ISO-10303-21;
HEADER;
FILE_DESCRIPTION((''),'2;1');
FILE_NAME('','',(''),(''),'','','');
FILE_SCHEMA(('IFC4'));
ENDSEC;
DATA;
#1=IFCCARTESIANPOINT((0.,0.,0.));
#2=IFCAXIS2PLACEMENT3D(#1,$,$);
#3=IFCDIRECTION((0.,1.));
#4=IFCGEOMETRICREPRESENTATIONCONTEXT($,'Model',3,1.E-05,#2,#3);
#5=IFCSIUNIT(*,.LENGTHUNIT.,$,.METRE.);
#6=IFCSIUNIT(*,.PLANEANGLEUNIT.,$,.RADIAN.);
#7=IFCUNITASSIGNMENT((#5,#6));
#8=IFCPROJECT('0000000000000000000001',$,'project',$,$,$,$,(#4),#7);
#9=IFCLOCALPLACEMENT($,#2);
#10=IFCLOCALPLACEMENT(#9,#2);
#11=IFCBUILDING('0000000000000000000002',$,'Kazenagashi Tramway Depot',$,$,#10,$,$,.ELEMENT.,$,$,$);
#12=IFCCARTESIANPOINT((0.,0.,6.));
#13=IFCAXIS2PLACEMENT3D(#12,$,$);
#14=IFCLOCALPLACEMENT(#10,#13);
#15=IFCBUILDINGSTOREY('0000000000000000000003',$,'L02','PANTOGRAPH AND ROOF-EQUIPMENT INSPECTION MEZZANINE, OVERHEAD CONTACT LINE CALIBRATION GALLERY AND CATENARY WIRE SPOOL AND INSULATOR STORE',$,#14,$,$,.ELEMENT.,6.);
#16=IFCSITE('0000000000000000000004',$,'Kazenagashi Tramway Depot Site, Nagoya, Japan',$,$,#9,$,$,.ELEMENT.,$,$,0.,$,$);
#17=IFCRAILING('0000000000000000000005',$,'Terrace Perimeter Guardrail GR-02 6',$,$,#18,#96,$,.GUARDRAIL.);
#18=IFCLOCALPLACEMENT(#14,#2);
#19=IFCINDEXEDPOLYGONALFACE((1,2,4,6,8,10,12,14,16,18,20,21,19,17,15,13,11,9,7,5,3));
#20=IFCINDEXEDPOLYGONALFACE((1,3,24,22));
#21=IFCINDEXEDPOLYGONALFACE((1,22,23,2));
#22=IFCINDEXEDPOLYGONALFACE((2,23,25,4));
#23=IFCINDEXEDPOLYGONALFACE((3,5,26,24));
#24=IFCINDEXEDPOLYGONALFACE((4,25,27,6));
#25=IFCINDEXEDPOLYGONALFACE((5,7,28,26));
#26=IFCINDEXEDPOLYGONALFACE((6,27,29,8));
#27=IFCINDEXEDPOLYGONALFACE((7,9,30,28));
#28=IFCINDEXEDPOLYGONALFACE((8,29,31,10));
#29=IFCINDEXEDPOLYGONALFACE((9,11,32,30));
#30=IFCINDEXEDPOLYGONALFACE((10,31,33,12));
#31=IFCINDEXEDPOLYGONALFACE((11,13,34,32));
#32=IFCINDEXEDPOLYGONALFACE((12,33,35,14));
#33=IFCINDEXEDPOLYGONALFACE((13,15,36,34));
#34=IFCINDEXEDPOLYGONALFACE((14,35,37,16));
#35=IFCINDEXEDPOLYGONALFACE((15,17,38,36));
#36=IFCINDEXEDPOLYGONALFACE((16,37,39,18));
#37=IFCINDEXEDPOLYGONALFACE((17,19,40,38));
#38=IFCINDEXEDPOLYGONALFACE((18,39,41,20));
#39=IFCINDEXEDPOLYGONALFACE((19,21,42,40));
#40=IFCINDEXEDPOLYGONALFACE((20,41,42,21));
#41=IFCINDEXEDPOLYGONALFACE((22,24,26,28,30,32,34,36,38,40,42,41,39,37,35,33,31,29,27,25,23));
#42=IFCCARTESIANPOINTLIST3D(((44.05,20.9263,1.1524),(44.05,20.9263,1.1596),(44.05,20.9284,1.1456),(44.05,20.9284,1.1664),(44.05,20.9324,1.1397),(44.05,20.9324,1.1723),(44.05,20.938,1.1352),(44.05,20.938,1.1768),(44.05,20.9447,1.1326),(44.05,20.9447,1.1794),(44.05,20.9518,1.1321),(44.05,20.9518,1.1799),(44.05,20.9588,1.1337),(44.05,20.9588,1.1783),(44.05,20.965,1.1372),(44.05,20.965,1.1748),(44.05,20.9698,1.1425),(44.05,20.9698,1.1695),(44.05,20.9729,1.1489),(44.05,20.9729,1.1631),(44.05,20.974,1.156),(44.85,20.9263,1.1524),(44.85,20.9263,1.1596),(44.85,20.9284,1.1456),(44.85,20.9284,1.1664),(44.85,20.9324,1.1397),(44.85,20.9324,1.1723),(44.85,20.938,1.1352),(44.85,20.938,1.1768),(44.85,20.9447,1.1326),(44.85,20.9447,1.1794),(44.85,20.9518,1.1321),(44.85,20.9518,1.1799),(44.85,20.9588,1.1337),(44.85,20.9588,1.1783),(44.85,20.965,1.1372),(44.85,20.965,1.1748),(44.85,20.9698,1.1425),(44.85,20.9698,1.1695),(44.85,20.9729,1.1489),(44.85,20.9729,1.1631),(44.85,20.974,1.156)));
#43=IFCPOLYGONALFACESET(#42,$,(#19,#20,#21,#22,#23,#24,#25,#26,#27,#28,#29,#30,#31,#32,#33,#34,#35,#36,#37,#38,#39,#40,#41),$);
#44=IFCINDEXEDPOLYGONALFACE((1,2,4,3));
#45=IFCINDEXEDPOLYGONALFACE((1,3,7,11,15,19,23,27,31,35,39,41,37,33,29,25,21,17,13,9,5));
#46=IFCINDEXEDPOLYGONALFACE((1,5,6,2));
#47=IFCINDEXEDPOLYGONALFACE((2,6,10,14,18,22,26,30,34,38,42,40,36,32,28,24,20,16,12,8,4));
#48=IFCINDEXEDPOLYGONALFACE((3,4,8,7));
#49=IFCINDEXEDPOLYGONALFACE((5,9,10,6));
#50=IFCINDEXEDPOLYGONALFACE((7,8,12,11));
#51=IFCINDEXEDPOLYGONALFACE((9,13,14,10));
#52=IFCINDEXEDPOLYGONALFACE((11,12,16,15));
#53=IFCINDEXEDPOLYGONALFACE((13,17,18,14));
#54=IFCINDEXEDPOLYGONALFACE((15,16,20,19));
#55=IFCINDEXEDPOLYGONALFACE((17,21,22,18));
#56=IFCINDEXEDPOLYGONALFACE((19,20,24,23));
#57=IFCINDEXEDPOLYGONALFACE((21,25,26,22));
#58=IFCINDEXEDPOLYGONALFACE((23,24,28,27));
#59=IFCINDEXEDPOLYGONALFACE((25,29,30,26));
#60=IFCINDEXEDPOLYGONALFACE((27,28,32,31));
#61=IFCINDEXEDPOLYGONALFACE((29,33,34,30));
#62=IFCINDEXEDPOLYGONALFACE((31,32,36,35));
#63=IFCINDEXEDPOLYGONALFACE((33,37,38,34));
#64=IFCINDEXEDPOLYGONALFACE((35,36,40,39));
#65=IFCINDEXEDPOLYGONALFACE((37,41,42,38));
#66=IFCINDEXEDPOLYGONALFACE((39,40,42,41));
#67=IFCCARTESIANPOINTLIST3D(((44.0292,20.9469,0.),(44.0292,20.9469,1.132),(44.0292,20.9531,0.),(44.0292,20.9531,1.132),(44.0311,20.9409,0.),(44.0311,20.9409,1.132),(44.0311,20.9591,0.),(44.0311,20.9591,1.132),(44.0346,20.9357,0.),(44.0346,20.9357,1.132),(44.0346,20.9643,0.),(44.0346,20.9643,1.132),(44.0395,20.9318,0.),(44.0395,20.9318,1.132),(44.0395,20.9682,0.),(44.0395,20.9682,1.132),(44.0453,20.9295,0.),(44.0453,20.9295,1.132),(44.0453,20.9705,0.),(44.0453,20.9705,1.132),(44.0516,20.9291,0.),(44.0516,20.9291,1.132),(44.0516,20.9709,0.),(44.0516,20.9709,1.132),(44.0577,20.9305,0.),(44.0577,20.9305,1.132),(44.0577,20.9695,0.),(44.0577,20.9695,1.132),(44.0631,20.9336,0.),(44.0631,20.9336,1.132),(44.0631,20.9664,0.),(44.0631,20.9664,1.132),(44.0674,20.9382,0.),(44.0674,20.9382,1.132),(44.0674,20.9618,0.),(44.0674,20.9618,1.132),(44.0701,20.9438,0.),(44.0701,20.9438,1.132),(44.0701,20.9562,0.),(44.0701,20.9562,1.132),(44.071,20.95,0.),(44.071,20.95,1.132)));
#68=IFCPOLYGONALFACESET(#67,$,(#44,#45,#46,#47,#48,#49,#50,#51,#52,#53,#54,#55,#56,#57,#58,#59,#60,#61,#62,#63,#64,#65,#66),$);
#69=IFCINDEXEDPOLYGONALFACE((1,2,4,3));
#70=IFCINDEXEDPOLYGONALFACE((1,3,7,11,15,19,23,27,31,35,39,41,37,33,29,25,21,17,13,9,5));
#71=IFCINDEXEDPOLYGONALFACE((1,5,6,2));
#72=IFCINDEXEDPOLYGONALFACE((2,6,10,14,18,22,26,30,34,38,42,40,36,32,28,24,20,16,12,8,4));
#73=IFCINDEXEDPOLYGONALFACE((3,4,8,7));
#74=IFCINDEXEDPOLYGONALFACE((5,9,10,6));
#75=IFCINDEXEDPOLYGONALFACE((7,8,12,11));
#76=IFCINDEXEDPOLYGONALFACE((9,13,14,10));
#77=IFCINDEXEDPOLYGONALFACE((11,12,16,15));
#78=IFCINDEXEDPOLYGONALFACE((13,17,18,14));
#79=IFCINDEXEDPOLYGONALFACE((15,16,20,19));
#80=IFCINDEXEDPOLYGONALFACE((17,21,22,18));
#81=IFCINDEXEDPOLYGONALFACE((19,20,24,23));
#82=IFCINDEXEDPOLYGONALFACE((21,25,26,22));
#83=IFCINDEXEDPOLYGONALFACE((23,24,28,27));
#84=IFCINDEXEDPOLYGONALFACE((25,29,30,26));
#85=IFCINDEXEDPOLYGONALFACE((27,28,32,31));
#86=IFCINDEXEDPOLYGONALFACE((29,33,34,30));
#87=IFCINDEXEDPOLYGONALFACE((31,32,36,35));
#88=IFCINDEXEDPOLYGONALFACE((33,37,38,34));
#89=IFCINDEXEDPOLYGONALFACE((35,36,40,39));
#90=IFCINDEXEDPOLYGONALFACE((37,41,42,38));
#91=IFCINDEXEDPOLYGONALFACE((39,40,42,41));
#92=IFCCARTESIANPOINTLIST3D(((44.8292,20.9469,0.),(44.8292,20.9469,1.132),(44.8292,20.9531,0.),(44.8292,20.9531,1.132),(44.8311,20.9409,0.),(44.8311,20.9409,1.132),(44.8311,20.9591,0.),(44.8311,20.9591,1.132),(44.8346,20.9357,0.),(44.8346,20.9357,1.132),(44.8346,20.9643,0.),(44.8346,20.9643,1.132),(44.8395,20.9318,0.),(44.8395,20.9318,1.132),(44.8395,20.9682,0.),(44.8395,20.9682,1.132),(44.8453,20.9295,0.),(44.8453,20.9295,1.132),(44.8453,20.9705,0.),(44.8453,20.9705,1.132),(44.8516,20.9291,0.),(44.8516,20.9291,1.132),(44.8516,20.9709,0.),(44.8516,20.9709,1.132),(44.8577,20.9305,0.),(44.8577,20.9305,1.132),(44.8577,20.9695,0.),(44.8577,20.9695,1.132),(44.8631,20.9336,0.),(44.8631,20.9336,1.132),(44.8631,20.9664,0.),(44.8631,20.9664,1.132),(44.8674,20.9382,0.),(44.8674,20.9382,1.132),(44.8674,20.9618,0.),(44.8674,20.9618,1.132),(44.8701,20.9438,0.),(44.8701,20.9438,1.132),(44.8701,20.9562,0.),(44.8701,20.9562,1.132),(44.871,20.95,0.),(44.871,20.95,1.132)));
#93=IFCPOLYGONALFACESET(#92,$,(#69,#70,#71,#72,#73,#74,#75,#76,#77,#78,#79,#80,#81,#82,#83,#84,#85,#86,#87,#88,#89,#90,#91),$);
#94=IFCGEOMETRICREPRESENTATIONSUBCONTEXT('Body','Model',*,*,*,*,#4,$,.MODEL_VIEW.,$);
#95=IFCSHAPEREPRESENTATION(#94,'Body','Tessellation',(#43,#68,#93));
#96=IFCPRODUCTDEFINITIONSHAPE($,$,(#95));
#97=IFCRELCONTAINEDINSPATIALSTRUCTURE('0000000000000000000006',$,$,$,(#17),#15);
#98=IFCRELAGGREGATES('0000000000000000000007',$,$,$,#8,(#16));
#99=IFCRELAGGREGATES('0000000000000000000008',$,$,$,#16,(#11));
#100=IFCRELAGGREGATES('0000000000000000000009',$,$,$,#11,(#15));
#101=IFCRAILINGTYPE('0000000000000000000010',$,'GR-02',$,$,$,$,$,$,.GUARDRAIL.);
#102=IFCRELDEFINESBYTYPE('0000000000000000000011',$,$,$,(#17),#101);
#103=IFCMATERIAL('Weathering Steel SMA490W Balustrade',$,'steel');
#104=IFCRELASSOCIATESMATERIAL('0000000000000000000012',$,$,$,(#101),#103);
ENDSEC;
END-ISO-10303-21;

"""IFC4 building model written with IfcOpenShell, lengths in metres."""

from ifc_helpers import new_model, si_unit, direction, frame, origin, origin_2d, place, context, subcontext, project, spatial, circle, extrude, material, type_object, element, save


model = new_model("IFC4")

# Units and contexts
model_context = context("Model", 3, precision=1e-05, world=origin(), true_north=direction((0.0, 1.0)))
body_context = subcontext(model_context, "Body", "Model", "MODEL_VIEW")
ifc_project = project(units=[si_unit("LENGTHUNIT", "METRE"), si_unit("PLANEANGLEUNIT", "RADIAN")], contexts=[model_context])

# Site, building, storey
site_placement = place(None, origin())
site = spatial("IfcSite", under=ifc_project, at=site_placement, Name="Kazenagashi Tramway Depot Site, Nagoya, Japan", CompositionType="ELEMENT", RefElevation=0.0)
building_placement = place(site_placement, origin())
building = spatial("IfcBuilding", under=site, at=building_placement, Name="Kazenagashi Tramway Depot", CompositionType="ELEMENT")
storey_placement = place(building_placement, frame((0.0, 0.0, 6.0)))
storey = spatial("IfcBuildingStorey", under=building, at=storey_placement, Name="L02", Description="PANTOGRAPH AND ROOF-EQUIPMENT INSPECTION MEZZANINE, OVERHEAD CONTACT LINE CALIBRATION GALLERY AND CATENARY WIRE SPOOL AND INSULATOR STORE", CompositionType="ELEMENT", Elevation=6.0)

# Railing
ifc_material_1 = material(Name="Weathering Steel SMA490W Balustrade", Category="steel")
railing_type = type_object("IfcRailingType", Name="GR-02", PredefinedType="GUARDRAIL", material=ifc_material_1)
for number, where, name in (
    (1, (44.05, 20.95, 0.0), "Terrace Perimeter Guardrail GR-02 6"),
):
    element("IfcRailing", number, at=place(storey_placement, frame(where)), inside=storey, type_object=railing_type, Name=name, PredefinedType="GUARDRAIL", context=body_context, shape_type="SweptSolid", body=[
        extrude(circle(Radius=0.024, at=origin_2d()), frame((0.0, 0.0, 1.156), z_axis=(1.0, 0.0, 0.0), x_axis=(0.0, 1.0, 0.0)), (0.0, 0.0, 1.0), 0.8),
        extrude(circle(Radius=0.021, at=origin_2d()), origin(), (0.0, 0.0, 1.0), 1.132),
        extrude(circle(Radius=0.021, at=origin_2d()), frame((0.8, 0.0, 0.0)), (0.0, 0.0, 1.0), 1.132),
    ])

save(model, "model.ifc")
